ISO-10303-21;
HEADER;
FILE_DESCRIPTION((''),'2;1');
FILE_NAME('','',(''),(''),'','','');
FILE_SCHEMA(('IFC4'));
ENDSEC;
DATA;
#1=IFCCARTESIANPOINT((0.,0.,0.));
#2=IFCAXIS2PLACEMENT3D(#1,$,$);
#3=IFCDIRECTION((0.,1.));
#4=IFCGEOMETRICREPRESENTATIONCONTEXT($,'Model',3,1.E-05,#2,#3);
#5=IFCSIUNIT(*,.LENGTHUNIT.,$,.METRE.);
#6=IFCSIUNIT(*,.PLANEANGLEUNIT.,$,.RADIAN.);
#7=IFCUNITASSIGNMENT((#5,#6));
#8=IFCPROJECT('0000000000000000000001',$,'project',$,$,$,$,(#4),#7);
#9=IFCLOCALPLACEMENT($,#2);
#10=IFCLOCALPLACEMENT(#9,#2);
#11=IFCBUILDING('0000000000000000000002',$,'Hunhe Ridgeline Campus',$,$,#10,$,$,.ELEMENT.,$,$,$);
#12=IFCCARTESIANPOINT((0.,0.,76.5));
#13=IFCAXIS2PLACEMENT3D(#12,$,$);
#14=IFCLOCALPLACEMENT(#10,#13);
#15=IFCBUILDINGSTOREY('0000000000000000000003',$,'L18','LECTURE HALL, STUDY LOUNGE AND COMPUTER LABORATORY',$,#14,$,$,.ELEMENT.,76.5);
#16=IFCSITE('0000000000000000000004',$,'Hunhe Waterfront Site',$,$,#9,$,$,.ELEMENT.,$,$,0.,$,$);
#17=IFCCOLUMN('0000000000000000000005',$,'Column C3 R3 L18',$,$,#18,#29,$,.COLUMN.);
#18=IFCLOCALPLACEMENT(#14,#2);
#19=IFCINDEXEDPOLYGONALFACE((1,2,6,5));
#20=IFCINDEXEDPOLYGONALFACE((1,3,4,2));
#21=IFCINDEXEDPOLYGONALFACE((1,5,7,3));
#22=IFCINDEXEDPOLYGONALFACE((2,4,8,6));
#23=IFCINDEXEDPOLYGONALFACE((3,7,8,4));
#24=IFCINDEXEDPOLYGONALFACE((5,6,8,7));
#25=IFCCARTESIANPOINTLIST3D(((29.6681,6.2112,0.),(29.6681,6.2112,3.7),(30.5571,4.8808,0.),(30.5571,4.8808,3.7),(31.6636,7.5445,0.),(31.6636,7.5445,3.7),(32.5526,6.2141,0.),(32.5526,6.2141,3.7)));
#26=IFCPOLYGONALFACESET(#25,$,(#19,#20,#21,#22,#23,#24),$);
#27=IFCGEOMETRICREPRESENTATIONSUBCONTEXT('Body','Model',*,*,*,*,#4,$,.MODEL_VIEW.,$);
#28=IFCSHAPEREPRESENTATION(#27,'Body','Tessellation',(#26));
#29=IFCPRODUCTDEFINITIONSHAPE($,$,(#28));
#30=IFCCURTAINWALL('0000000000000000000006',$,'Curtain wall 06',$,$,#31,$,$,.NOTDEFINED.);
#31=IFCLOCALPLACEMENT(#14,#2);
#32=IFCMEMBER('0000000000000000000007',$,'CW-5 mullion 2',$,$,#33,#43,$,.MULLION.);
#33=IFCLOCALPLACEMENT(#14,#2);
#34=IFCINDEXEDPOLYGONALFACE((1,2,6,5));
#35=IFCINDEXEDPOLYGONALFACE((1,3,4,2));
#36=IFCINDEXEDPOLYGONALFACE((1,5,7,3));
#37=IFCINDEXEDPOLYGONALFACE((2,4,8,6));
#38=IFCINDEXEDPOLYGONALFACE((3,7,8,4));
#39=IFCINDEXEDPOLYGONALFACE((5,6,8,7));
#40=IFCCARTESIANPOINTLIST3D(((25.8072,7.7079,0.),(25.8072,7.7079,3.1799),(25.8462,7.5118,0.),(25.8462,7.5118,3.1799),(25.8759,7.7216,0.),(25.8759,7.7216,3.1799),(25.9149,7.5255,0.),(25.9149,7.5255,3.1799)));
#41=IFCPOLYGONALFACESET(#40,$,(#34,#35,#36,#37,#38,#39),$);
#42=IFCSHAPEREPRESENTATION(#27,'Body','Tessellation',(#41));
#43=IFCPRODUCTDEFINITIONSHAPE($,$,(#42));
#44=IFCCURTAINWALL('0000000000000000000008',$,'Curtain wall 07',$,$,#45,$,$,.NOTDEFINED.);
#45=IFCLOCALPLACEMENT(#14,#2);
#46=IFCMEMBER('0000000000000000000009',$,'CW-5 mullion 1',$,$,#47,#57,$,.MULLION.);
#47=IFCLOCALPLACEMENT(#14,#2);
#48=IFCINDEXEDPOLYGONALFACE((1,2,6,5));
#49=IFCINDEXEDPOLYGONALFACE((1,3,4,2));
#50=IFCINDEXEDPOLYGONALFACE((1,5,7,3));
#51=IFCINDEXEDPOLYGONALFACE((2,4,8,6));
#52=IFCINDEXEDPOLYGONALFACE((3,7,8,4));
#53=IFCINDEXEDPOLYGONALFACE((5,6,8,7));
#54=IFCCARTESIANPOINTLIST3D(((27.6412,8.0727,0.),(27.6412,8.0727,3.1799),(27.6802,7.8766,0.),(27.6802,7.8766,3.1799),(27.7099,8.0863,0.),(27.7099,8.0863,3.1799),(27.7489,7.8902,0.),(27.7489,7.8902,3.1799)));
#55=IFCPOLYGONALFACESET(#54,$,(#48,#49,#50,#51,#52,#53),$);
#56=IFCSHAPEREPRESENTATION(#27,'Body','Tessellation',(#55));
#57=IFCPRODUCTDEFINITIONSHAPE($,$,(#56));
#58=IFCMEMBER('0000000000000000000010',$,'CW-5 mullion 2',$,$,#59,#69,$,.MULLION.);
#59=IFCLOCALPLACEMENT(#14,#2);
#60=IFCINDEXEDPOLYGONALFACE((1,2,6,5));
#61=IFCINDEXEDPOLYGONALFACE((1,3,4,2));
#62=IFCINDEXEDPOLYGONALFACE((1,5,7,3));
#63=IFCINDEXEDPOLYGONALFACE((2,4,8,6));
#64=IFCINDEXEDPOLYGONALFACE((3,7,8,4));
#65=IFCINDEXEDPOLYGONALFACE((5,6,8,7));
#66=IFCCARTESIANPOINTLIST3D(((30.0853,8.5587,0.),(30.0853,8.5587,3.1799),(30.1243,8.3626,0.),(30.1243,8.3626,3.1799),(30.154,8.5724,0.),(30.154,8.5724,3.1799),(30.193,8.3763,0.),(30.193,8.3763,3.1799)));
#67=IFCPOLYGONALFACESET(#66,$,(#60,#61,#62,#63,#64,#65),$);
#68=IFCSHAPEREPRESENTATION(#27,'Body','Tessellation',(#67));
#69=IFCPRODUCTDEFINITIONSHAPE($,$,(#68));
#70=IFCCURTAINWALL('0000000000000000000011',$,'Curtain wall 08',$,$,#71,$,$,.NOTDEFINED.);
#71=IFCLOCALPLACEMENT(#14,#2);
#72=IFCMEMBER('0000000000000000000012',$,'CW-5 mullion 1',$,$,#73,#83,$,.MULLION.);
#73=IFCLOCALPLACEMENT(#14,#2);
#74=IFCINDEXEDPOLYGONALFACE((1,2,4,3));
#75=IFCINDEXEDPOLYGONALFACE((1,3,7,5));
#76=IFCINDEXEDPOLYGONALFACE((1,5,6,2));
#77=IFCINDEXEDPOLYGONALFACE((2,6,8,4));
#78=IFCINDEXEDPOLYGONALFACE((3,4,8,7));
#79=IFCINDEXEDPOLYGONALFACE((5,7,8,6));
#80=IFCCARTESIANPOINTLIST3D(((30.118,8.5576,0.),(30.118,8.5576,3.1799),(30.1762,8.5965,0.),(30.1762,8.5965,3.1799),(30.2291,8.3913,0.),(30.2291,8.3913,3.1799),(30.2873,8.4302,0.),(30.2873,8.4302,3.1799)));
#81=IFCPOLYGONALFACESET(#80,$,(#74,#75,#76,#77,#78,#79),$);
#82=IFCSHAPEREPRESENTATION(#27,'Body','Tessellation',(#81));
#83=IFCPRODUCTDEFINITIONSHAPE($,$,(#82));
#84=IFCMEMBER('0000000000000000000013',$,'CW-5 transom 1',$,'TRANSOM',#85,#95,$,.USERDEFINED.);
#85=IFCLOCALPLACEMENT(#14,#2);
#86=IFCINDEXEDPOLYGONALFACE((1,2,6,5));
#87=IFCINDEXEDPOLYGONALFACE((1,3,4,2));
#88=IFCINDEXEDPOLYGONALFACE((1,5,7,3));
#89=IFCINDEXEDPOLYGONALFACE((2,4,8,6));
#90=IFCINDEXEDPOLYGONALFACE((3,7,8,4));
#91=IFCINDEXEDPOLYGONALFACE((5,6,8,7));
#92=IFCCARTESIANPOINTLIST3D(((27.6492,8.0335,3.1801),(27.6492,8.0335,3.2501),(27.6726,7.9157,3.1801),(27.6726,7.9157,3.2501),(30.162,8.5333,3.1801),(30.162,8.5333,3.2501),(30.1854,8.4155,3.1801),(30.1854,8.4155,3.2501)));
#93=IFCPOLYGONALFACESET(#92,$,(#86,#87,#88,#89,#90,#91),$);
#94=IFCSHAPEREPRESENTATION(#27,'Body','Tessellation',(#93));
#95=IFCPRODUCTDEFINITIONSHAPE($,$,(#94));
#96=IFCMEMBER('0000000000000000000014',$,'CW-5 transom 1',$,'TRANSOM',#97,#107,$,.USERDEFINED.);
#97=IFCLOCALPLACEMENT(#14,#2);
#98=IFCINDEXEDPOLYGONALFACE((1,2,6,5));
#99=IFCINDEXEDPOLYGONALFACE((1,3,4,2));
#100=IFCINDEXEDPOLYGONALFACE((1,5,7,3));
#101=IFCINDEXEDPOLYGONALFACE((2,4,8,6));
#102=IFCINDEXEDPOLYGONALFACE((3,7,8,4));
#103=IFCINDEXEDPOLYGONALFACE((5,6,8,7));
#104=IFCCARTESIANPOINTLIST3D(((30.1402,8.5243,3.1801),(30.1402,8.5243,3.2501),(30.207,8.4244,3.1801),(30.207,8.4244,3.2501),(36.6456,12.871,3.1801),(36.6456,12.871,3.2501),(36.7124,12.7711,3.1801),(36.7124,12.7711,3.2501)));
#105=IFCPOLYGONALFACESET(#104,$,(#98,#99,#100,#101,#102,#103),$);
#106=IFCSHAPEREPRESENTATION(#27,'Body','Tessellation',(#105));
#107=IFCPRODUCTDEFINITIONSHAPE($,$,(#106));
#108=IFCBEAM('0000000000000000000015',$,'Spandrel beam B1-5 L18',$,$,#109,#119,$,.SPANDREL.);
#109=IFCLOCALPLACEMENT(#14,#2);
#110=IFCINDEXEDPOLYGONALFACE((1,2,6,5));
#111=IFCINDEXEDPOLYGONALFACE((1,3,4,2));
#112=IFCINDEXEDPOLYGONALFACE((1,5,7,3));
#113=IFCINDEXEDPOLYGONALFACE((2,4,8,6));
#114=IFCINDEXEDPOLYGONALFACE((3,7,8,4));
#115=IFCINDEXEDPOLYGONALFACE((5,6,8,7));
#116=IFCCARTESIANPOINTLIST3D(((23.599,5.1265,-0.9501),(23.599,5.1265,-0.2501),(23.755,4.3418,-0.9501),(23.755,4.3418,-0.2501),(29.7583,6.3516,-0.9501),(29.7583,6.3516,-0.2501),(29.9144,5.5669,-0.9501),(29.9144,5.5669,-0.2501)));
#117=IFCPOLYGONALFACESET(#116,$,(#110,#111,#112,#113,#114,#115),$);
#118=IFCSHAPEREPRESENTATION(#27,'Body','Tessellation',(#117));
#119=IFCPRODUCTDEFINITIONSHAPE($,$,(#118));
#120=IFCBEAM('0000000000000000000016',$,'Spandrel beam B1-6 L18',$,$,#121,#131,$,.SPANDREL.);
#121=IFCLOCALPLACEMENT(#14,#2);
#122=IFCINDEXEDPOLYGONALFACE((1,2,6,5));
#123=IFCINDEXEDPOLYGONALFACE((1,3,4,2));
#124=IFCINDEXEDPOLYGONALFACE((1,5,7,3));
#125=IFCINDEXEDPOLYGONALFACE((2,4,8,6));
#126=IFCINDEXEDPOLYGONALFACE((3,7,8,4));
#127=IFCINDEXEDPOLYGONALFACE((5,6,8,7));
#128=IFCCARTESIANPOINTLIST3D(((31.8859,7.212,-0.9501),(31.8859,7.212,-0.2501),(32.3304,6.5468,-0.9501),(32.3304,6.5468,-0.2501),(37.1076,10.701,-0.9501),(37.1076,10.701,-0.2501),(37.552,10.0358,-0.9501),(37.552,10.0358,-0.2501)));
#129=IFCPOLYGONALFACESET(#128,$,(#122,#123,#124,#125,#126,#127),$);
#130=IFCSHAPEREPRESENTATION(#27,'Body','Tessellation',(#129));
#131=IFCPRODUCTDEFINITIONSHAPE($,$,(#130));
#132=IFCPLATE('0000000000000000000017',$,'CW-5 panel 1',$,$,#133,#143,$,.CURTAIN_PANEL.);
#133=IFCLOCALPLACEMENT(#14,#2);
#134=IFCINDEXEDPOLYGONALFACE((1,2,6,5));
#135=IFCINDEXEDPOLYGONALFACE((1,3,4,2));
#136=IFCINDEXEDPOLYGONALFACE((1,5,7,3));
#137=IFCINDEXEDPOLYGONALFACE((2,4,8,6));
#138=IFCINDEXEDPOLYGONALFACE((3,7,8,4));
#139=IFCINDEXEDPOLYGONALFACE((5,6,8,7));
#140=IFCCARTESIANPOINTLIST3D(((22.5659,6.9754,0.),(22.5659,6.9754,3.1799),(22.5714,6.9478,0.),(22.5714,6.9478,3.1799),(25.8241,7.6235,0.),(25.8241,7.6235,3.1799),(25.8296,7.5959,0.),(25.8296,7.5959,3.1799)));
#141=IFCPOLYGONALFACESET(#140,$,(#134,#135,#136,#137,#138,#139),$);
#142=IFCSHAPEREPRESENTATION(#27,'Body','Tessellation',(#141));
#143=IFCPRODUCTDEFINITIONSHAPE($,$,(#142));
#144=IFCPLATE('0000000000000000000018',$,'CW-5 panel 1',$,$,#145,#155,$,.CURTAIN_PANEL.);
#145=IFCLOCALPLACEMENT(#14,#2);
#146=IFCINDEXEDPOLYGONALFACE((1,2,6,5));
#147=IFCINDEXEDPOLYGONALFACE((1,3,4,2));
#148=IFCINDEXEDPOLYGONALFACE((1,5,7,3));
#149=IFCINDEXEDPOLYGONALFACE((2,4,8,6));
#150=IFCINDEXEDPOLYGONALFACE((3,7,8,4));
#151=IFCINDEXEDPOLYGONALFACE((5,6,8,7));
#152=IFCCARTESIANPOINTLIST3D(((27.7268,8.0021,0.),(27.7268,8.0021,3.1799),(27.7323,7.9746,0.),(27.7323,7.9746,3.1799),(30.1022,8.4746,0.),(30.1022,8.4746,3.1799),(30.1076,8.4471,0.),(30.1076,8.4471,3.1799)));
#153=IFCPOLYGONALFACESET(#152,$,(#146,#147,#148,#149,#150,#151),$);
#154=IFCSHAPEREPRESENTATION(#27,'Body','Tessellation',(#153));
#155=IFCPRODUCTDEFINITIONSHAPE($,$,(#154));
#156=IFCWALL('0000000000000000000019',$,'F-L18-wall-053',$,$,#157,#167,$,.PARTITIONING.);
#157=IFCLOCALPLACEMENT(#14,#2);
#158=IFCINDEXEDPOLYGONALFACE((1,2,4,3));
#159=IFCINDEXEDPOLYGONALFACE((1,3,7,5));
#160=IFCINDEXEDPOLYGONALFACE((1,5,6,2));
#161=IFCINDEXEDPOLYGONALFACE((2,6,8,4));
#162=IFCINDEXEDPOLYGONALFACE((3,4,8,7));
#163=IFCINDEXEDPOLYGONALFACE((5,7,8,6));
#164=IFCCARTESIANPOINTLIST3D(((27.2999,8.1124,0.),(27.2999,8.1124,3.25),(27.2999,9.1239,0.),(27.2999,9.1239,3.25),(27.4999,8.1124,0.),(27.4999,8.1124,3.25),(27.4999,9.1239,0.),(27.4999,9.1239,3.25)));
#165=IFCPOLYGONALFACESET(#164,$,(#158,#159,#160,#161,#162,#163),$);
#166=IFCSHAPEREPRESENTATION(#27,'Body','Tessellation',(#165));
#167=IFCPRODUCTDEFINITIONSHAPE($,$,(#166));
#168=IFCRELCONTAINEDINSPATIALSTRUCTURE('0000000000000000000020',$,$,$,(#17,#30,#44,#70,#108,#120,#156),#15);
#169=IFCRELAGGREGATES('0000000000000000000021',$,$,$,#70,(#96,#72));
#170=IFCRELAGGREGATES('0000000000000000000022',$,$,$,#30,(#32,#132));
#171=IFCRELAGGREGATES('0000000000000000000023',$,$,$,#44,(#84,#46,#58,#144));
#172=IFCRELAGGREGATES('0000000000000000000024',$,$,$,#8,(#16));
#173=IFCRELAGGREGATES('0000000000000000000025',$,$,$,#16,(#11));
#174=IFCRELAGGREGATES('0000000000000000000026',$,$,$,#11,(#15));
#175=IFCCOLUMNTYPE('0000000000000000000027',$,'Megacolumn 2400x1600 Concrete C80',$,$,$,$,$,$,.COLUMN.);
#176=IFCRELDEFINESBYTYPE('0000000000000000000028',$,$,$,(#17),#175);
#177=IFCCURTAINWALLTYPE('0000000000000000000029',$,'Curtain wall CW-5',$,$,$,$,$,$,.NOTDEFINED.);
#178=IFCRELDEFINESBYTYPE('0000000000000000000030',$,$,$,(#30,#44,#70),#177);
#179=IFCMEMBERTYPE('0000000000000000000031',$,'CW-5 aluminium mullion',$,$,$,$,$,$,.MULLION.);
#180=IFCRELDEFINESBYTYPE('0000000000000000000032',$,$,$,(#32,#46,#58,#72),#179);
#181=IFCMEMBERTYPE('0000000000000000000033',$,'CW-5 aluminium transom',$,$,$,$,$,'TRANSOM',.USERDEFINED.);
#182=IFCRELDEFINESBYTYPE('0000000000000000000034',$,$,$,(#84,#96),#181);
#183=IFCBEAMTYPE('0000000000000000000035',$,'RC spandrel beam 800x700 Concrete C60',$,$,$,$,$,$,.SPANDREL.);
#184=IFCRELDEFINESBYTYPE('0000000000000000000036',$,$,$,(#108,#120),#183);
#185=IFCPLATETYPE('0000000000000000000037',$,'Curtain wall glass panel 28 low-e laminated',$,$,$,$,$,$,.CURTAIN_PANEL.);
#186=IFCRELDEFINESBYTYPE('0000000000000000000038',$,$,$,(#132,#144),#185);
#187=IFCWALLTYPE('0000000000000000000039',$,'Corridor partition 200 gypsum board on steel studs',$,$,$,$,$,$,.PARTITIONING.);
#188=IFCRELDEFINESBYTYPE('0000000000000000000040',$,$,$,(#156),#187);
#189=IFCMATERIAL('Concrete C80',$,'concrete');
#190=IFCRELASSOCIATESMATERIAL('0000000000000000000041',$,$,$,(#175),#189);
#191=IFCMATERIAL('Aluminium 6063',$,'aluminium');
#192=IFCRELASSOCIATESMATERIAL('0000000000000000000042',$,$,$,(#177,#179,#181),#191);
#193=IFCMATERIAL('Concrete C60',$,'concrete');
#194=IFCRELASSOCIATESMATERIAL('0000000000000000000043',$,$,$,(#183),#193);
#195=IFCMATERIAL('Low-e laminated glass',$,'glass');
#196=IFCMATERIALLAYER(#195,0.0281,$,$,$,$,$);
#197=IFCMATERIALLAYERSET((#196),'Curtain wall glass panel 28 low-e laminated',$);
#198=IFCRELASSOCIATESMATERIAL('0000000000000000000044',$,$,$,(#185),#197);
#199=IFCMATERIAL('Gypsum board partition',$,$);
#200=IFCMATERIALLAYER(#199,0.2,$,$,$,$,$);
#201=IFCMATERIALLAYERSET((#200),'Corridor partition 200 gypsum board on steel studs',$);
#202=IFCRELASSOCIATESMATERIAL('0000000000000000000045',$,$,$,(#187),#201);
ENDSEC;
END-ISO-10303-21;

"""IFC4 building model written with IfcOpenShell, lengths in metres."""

from ifc_helpers import new_model, si_unit, direction, frame, frame_2d, origin, origin_2d, place, context, subcontext, project, spatial, rectangle, extrude, material, layer, layer_set, material_profile, profile_set, type_object, element, aggregate, save


model = new_model("IFC4")

# Units and contexts
model_context = context("Model", 3, precision=1e-05, world=origin(), true_north=direction((0.0, 1.0)))
body_context = subcontext(model_context, "Body", "Model", "MODEL_VIEW")
ifc_project = project(units=[si_unit("LENGTHUNIT", "METRE"), si_unit("PLANEANGLEUNIT", "RADIAN")], contexts=[model_context])

# Site, building, storey
site_placement = place(None, origin())
site = spatial("IfcSite", under=ifc_project, at=site_placement, Name="Hunhe Waterfront Site", CompositionType="ELEMENT", RefElevation=0.0)
building_placement = place(site_placement, origin())
building = spatial("IfcBuilding", under=site, at=building_placement, Name="Hunhe Ridgeline Campus", CompositionType="ELEMENT")
storey_placement = place(building_placement, frame((0.0, 0.0, 76.5)))
storey = spatial("IfcBuildingStorey", under=building, at=storey_placement, Name="L18", Description="LECTURE HALL, STUDY LOUNGE AND COMPUTER LABORATORY", CompositionType="ELEMENT", Elevation=76.5)

# Column
ifc_material_1 = material(Name="Concrete C80", Category="concrete")
ifc_material_profile_1 = material_profile(ifc_material_1, rectangle(XDim=2.3999, YDim=1.6001, at=origin_2d()))
ifc_profile_set_1 = profile_set([ifc_material_profile_1], Name="Concrete C80")
column_type = type_object("IfcColumnType", Name="Megacolumn 2400x1600 Concrete C80", PredefinedType="COLUMN", material=ifc_profile_set_1)
column_placement = place(storey_placement, frame((31.1104, 6.2126, 0.0), z_axis=(0.0, 0.0, 1.0), x_axis=(0.83147, 0.55557, 0.0)))
element("IfcColumn", 1, at=column_placement, inside=storey, type_object=column_type, Name="Column C3 R3 L18", PredefinedType="COLUMN", context=body_context, shape_type="SweptSolid", body=[
    extrude(rectangle(XDim=2.3999, YDim=1.6001, at=origin_2d()), origin(), (0.0, 0.0, 1.0), 3.7),
])

# Curtain wall, member
ifc_material_2 = material(Name="Aluminium 6063", Category="aluminium")
curtain_wall_type = type_object("IfcCurtainWallType", Name="Curtain wall CW-5", PredefinedType="NOTDEFINED", material=ifc_material_2)
curtain_wall_1_placement = place(storey_placement, origin())
curtain_wall_1 = element("IfcCurtainWall", 2, at=curtain_wall_1_placement, inside=storey, type_object=curtain_wall_type, Name="Curtain wall 06", PredefinedType="NOTDEFINED")
ifc_material_profile_2 = material_profile(ifc_material_2, rectangle(XDim=0.2, YDim=0.0701, at=origin_2d()))
ifc_profile_set_2 = profile_set([ifc_material_profile_2], Name="Aluminium 6063")
member_type_1 = type_object("IfcMemberType", Name="CW-5 aluminium mullion", PredefinedType="MULLION", material=ifc_profile_set_2)
member_1_placement = place(storey_placement, frame((25.8611, 7.6167, 0.0), z_axis=(0.0, 0.0, 1.0), x_axis=(-0.19509, 0.980785, 0.0)))
member_1 = element("IfcMember", 3, at=member_1_placement, type_object=member_type_1, Name="CW-5 mullion 2", PredefinedType="MULLION", context=body_context, shape_type="SweptSolid", body=[
    extrude(rectangle(XDim=0.2, YDim=0.0701, at=origin_2d()), origin(), (0.0, 0.0, 1.0), 3.1799),
])

# Curtain wall, members
curtain_wall_2_placement = place(storey_placement, origin())
curtain_wall_2 = element("IfcCurtainWall", 4, at=curtain_wall_2_placement, inside=storey, type_object=curtain_wall_type, Name="Curtain wall 07", PredefinedType="NOTDEFINED")
member_2_placement = place(storey_placement, frame((27.6951, 7.9814, 0.0), z_axis=(0.0, 0.0, 1.0), x_axis=(-0.195091, 0.980785, 0.0)))
member_2 = element("IfcMember", 5, at=member_2_placement, type_object=member_type_1, Name="CW-5 mullion 1", PredefinedType="MULLION", context=body_context, shape_type="SweptSolid", body=[
    extrude(rectangle(XDim=0.2, YDim=0.0701, at=origin_2d()), origin(), (0.0, 0.0, 1.0), 3.1799),
])
member_3_placement = place(storey_placement, frame((30.1392, 8.4675, 0.0), z_axis=(0.0, 0.0, 1.0), x_axis=(-0.195091, 0.980785, 0.0)))
member_3 = element("IfcMember", 6, at=member_3_placement, type_object=member_type_1, Name="CW-5 mullion 2", PredefinedType="MULLION", context=body_context, shape_type="SweptSolid", body=[
    extrude(rectangle(XDim=0.2, YDim=0.0701, at=origin_2d()), origin(), (0.0, 0.0, 1.0), 3.1799),
])

# Curtain wall, member
curtain_wall_3_placement = place(storey_placement, origin())
curtain_wall_3 = element("IfcCurtainWall", 7, at=curtain_wall_3_placement, inside=storey, type_object=curtain_wall_type, Name="Curtain wall 08", PredefinedType="NOTDEFINED")
member_4_placement = place(storey_placement, frame((30.2026, 8.4939, 0.0), z_axis=(0.0, 0.0, 1.0), x_axis=(-0.55557, 0.83147, 0.0)))
member_4 = element("IfcMember", 8, at=member_4_placement, type_object=member_type_1, Name="CW-5 mullion 1", PredefinedType="MULLION", context=body_context, shape_type="SweptSolid", body=[
    extrude(rectangle(XDim=0.2, YDim=0.0701, at=origin_2d()), origin(), (0.0, 0.0, 1.0), 3.1799),
])

# Members
ifc_material_profile_3 = material_profile(ifc_material_2, rectangle(XDim=0.1201, YDim=0.0701, at=origin_2d()))
ifc_profile_set_3 = profile_set([ifc_material_profile_3], Name="Aluminium 6063")
member_type_2 = type_object("IfcMemberType", Name="CW-5 aluminium transom", ElementType="TRANSOM", PredefinedType="USERDEFINED", material=ifc_profile_set_3)
member_5_placement = place(storey_placement, frame((27.6609, 7.9746, 3.2151), z_axis=(0.980789, 0.195071, 0.0), x_axis=(-0.195071, 0.980789, 0.0)))
member_5 = element("IfcMember", 9, at=member_5_placement, type_object=member_type_2, Name="CW-5 transom 1", ObjectType="TRANSOM", PredefinedType="USERDEFINED", context=body_context, shape_type="SweptSolid", body=[
    extrude(rectangle(XDim=0.1201, YDim=0.0701, at=origin_2d()), origin(), (0.0, 0.0, 1.0), 2.562),
])
member_6_placement = place(storey_placement, frame((30.1736, 8.4744, 3.2151), z_axis=(0.831474, 0.555564, 0.0), x_axis=(-0.555564, 0.831474, 0.0)))
member_6 = element("IfcMember", 10, at=member_6_placement, type_object=member_type_2, Name="CW-5 transom 1", ObjectType="TRANSOM", PredefinedType="USERDEFINED", context=body_context, shape_type="SweptSolid", body=[
    extrude(rectangle(XDim=0.1201, YDim=0.0701, at=origin_2d()), origin(), (0.0, 0.0, 1.0), 7.824),
])
aggregate(curtain_wall_3, [member_6, member_4])

# Beams
ifc_material_3 = material(Name="Concrete C60", Category="concrete")
ifc_material_profile_4 = material_profile(ifc_material_3, rectangle(XDim=0.8, YDim=0.7, at=origin_2d()))
ifc_profile_set_4 = profile_set([ifc_material_profile_4], Name="Concrete C60")
beam_type = type_object("IfcBeamType", Name="RC spandrel beam 800x700 Concrete C60", PredefinedType="SPANDREL", material=ifc_profile_set_4)
for number, where, z_axis, x_axis, name in (
    (11, (23.677, 4.7341, -0.6001), (0.980788, 0.195077, 0.0), (-0.195077, 0.980788, 0.0), "Spandrel beam B1-5 L18"),
    (12, (32.1082, 6.8794, -0.6001), (0.83147, 0.55557, 0.0), (-0.55557, 0.83147, 0.0), "Spandrel beam B1-6 L18"),
):
    element("IfcBeam", number, at=place(storey_placement, frame(where, z_axis=z_axis, x_axis=x_axis)), inside=storey, type_object=beam_type, Name=name, PredefinedType="SPANDREL", context=body_context, shape_type="SweptSolid", body=[
        extrude(rectangle(XDim=0.8, YDim=0.7, at=origin_2d()), origin(), (0.0, 0.0, 1.0), 6.28),
    ])

# Plates
ifc_material_4 = material(Name="Low-e laminated glass", Category="glass")
ifc_layer_1 = layer(ifc_material_4, 0.0281)
ifc_layer_set_1 = layer_set([ifc_layer_1], Name="Curtain wall glass panel 28 low-e laminated")
plate_type = type_object("IfcPlateType", Name="Curtain wall glass panel 28 low-e laminated", PredefinedType="CURTAIN_PANEL", material=ifc_layer_set_1)
plate_1_placement = place(storey_placement, frame((24.1978, 7.2856, 0.0), z_axis=(0.0, 0.0, 1.0), x_axis=(0.980785, 0.19509, 0.0)))
plate_1 = element("IfcPlate", 13, at=plate_1_placement, type_object=plate_type, Name="CW-5 panel 1", PredefinedType="CURTAIN_PANEL", context=body_context, shape_type="SweptSolid", body=[
    extrude(rectangle(XDim=3.322, YDim=0.0281, at=origin_2d()), origin(), (0.0, 0.0, 1.0), 3.1799),
])
aggregate(curtain_wall_1, [member_1, plate_1])
plate_2_placement = place(storey_placement, frame((28.9172, 8.2246, 0.0), z_axis=(0.0, 0.0, 1.0), x_axis=(0.980785, 0.195091, 0.0)))
plate_2 = element("IfcPlate", 14, at=plate_2_placement, type_object=plate_type, Name="CW-5 panel 1", PredefinedType="CURTAIN_PANEL", context=body_context, shape_type="SweptSolid", body=[
    extrude(rectangle(XDim=2.4219, YDim=0.0281, at=origin_2d()), origin(), (0.0, 0.0, 1.0), 3.1799),
])
aggregate(curtain_wall_2, [member_5, member_2, member_3, plate_2])

# Shared definitions
ifc_material_5 = material(Name="Gypsum board partition")
ifc_layer_2 = layer(ifc_material_5, 0.2)
ifc_layer_set_2 = layer_set([ifc_layer_2], Name="Corridor partition 200 gypsum board on steel studs")
wall_type_1 = type_object("IfcWallType", Name="Corridor partition 200 gypsum board on steel studs", PredefinedType="PARTITIONING", material=ifc_layer_set_2)

# Wall
wall_1_placement = place(storey_placement, frame((27.3999, 9.124, 0.0), z_axis=(0.0, 0.0, 1.0), x_axis=(0.0, -1.0, 0.0)))
element("IfcWall", 15, at=wall_1_placement, inside=storey, type_object=wall_type_1, Name="F-L18-wall-053", PredefinedType="PARTITIONING", context=body_context, shape_type="SweptSolid", body=[
    extrude(rectangle(XDim=1.0115, YDim=0.2, at=frame_2d((0.5059, 0.0))), origin(), (0.0, 0.0, 1.0), 3.25),
])

save(model, "model.ifc")
